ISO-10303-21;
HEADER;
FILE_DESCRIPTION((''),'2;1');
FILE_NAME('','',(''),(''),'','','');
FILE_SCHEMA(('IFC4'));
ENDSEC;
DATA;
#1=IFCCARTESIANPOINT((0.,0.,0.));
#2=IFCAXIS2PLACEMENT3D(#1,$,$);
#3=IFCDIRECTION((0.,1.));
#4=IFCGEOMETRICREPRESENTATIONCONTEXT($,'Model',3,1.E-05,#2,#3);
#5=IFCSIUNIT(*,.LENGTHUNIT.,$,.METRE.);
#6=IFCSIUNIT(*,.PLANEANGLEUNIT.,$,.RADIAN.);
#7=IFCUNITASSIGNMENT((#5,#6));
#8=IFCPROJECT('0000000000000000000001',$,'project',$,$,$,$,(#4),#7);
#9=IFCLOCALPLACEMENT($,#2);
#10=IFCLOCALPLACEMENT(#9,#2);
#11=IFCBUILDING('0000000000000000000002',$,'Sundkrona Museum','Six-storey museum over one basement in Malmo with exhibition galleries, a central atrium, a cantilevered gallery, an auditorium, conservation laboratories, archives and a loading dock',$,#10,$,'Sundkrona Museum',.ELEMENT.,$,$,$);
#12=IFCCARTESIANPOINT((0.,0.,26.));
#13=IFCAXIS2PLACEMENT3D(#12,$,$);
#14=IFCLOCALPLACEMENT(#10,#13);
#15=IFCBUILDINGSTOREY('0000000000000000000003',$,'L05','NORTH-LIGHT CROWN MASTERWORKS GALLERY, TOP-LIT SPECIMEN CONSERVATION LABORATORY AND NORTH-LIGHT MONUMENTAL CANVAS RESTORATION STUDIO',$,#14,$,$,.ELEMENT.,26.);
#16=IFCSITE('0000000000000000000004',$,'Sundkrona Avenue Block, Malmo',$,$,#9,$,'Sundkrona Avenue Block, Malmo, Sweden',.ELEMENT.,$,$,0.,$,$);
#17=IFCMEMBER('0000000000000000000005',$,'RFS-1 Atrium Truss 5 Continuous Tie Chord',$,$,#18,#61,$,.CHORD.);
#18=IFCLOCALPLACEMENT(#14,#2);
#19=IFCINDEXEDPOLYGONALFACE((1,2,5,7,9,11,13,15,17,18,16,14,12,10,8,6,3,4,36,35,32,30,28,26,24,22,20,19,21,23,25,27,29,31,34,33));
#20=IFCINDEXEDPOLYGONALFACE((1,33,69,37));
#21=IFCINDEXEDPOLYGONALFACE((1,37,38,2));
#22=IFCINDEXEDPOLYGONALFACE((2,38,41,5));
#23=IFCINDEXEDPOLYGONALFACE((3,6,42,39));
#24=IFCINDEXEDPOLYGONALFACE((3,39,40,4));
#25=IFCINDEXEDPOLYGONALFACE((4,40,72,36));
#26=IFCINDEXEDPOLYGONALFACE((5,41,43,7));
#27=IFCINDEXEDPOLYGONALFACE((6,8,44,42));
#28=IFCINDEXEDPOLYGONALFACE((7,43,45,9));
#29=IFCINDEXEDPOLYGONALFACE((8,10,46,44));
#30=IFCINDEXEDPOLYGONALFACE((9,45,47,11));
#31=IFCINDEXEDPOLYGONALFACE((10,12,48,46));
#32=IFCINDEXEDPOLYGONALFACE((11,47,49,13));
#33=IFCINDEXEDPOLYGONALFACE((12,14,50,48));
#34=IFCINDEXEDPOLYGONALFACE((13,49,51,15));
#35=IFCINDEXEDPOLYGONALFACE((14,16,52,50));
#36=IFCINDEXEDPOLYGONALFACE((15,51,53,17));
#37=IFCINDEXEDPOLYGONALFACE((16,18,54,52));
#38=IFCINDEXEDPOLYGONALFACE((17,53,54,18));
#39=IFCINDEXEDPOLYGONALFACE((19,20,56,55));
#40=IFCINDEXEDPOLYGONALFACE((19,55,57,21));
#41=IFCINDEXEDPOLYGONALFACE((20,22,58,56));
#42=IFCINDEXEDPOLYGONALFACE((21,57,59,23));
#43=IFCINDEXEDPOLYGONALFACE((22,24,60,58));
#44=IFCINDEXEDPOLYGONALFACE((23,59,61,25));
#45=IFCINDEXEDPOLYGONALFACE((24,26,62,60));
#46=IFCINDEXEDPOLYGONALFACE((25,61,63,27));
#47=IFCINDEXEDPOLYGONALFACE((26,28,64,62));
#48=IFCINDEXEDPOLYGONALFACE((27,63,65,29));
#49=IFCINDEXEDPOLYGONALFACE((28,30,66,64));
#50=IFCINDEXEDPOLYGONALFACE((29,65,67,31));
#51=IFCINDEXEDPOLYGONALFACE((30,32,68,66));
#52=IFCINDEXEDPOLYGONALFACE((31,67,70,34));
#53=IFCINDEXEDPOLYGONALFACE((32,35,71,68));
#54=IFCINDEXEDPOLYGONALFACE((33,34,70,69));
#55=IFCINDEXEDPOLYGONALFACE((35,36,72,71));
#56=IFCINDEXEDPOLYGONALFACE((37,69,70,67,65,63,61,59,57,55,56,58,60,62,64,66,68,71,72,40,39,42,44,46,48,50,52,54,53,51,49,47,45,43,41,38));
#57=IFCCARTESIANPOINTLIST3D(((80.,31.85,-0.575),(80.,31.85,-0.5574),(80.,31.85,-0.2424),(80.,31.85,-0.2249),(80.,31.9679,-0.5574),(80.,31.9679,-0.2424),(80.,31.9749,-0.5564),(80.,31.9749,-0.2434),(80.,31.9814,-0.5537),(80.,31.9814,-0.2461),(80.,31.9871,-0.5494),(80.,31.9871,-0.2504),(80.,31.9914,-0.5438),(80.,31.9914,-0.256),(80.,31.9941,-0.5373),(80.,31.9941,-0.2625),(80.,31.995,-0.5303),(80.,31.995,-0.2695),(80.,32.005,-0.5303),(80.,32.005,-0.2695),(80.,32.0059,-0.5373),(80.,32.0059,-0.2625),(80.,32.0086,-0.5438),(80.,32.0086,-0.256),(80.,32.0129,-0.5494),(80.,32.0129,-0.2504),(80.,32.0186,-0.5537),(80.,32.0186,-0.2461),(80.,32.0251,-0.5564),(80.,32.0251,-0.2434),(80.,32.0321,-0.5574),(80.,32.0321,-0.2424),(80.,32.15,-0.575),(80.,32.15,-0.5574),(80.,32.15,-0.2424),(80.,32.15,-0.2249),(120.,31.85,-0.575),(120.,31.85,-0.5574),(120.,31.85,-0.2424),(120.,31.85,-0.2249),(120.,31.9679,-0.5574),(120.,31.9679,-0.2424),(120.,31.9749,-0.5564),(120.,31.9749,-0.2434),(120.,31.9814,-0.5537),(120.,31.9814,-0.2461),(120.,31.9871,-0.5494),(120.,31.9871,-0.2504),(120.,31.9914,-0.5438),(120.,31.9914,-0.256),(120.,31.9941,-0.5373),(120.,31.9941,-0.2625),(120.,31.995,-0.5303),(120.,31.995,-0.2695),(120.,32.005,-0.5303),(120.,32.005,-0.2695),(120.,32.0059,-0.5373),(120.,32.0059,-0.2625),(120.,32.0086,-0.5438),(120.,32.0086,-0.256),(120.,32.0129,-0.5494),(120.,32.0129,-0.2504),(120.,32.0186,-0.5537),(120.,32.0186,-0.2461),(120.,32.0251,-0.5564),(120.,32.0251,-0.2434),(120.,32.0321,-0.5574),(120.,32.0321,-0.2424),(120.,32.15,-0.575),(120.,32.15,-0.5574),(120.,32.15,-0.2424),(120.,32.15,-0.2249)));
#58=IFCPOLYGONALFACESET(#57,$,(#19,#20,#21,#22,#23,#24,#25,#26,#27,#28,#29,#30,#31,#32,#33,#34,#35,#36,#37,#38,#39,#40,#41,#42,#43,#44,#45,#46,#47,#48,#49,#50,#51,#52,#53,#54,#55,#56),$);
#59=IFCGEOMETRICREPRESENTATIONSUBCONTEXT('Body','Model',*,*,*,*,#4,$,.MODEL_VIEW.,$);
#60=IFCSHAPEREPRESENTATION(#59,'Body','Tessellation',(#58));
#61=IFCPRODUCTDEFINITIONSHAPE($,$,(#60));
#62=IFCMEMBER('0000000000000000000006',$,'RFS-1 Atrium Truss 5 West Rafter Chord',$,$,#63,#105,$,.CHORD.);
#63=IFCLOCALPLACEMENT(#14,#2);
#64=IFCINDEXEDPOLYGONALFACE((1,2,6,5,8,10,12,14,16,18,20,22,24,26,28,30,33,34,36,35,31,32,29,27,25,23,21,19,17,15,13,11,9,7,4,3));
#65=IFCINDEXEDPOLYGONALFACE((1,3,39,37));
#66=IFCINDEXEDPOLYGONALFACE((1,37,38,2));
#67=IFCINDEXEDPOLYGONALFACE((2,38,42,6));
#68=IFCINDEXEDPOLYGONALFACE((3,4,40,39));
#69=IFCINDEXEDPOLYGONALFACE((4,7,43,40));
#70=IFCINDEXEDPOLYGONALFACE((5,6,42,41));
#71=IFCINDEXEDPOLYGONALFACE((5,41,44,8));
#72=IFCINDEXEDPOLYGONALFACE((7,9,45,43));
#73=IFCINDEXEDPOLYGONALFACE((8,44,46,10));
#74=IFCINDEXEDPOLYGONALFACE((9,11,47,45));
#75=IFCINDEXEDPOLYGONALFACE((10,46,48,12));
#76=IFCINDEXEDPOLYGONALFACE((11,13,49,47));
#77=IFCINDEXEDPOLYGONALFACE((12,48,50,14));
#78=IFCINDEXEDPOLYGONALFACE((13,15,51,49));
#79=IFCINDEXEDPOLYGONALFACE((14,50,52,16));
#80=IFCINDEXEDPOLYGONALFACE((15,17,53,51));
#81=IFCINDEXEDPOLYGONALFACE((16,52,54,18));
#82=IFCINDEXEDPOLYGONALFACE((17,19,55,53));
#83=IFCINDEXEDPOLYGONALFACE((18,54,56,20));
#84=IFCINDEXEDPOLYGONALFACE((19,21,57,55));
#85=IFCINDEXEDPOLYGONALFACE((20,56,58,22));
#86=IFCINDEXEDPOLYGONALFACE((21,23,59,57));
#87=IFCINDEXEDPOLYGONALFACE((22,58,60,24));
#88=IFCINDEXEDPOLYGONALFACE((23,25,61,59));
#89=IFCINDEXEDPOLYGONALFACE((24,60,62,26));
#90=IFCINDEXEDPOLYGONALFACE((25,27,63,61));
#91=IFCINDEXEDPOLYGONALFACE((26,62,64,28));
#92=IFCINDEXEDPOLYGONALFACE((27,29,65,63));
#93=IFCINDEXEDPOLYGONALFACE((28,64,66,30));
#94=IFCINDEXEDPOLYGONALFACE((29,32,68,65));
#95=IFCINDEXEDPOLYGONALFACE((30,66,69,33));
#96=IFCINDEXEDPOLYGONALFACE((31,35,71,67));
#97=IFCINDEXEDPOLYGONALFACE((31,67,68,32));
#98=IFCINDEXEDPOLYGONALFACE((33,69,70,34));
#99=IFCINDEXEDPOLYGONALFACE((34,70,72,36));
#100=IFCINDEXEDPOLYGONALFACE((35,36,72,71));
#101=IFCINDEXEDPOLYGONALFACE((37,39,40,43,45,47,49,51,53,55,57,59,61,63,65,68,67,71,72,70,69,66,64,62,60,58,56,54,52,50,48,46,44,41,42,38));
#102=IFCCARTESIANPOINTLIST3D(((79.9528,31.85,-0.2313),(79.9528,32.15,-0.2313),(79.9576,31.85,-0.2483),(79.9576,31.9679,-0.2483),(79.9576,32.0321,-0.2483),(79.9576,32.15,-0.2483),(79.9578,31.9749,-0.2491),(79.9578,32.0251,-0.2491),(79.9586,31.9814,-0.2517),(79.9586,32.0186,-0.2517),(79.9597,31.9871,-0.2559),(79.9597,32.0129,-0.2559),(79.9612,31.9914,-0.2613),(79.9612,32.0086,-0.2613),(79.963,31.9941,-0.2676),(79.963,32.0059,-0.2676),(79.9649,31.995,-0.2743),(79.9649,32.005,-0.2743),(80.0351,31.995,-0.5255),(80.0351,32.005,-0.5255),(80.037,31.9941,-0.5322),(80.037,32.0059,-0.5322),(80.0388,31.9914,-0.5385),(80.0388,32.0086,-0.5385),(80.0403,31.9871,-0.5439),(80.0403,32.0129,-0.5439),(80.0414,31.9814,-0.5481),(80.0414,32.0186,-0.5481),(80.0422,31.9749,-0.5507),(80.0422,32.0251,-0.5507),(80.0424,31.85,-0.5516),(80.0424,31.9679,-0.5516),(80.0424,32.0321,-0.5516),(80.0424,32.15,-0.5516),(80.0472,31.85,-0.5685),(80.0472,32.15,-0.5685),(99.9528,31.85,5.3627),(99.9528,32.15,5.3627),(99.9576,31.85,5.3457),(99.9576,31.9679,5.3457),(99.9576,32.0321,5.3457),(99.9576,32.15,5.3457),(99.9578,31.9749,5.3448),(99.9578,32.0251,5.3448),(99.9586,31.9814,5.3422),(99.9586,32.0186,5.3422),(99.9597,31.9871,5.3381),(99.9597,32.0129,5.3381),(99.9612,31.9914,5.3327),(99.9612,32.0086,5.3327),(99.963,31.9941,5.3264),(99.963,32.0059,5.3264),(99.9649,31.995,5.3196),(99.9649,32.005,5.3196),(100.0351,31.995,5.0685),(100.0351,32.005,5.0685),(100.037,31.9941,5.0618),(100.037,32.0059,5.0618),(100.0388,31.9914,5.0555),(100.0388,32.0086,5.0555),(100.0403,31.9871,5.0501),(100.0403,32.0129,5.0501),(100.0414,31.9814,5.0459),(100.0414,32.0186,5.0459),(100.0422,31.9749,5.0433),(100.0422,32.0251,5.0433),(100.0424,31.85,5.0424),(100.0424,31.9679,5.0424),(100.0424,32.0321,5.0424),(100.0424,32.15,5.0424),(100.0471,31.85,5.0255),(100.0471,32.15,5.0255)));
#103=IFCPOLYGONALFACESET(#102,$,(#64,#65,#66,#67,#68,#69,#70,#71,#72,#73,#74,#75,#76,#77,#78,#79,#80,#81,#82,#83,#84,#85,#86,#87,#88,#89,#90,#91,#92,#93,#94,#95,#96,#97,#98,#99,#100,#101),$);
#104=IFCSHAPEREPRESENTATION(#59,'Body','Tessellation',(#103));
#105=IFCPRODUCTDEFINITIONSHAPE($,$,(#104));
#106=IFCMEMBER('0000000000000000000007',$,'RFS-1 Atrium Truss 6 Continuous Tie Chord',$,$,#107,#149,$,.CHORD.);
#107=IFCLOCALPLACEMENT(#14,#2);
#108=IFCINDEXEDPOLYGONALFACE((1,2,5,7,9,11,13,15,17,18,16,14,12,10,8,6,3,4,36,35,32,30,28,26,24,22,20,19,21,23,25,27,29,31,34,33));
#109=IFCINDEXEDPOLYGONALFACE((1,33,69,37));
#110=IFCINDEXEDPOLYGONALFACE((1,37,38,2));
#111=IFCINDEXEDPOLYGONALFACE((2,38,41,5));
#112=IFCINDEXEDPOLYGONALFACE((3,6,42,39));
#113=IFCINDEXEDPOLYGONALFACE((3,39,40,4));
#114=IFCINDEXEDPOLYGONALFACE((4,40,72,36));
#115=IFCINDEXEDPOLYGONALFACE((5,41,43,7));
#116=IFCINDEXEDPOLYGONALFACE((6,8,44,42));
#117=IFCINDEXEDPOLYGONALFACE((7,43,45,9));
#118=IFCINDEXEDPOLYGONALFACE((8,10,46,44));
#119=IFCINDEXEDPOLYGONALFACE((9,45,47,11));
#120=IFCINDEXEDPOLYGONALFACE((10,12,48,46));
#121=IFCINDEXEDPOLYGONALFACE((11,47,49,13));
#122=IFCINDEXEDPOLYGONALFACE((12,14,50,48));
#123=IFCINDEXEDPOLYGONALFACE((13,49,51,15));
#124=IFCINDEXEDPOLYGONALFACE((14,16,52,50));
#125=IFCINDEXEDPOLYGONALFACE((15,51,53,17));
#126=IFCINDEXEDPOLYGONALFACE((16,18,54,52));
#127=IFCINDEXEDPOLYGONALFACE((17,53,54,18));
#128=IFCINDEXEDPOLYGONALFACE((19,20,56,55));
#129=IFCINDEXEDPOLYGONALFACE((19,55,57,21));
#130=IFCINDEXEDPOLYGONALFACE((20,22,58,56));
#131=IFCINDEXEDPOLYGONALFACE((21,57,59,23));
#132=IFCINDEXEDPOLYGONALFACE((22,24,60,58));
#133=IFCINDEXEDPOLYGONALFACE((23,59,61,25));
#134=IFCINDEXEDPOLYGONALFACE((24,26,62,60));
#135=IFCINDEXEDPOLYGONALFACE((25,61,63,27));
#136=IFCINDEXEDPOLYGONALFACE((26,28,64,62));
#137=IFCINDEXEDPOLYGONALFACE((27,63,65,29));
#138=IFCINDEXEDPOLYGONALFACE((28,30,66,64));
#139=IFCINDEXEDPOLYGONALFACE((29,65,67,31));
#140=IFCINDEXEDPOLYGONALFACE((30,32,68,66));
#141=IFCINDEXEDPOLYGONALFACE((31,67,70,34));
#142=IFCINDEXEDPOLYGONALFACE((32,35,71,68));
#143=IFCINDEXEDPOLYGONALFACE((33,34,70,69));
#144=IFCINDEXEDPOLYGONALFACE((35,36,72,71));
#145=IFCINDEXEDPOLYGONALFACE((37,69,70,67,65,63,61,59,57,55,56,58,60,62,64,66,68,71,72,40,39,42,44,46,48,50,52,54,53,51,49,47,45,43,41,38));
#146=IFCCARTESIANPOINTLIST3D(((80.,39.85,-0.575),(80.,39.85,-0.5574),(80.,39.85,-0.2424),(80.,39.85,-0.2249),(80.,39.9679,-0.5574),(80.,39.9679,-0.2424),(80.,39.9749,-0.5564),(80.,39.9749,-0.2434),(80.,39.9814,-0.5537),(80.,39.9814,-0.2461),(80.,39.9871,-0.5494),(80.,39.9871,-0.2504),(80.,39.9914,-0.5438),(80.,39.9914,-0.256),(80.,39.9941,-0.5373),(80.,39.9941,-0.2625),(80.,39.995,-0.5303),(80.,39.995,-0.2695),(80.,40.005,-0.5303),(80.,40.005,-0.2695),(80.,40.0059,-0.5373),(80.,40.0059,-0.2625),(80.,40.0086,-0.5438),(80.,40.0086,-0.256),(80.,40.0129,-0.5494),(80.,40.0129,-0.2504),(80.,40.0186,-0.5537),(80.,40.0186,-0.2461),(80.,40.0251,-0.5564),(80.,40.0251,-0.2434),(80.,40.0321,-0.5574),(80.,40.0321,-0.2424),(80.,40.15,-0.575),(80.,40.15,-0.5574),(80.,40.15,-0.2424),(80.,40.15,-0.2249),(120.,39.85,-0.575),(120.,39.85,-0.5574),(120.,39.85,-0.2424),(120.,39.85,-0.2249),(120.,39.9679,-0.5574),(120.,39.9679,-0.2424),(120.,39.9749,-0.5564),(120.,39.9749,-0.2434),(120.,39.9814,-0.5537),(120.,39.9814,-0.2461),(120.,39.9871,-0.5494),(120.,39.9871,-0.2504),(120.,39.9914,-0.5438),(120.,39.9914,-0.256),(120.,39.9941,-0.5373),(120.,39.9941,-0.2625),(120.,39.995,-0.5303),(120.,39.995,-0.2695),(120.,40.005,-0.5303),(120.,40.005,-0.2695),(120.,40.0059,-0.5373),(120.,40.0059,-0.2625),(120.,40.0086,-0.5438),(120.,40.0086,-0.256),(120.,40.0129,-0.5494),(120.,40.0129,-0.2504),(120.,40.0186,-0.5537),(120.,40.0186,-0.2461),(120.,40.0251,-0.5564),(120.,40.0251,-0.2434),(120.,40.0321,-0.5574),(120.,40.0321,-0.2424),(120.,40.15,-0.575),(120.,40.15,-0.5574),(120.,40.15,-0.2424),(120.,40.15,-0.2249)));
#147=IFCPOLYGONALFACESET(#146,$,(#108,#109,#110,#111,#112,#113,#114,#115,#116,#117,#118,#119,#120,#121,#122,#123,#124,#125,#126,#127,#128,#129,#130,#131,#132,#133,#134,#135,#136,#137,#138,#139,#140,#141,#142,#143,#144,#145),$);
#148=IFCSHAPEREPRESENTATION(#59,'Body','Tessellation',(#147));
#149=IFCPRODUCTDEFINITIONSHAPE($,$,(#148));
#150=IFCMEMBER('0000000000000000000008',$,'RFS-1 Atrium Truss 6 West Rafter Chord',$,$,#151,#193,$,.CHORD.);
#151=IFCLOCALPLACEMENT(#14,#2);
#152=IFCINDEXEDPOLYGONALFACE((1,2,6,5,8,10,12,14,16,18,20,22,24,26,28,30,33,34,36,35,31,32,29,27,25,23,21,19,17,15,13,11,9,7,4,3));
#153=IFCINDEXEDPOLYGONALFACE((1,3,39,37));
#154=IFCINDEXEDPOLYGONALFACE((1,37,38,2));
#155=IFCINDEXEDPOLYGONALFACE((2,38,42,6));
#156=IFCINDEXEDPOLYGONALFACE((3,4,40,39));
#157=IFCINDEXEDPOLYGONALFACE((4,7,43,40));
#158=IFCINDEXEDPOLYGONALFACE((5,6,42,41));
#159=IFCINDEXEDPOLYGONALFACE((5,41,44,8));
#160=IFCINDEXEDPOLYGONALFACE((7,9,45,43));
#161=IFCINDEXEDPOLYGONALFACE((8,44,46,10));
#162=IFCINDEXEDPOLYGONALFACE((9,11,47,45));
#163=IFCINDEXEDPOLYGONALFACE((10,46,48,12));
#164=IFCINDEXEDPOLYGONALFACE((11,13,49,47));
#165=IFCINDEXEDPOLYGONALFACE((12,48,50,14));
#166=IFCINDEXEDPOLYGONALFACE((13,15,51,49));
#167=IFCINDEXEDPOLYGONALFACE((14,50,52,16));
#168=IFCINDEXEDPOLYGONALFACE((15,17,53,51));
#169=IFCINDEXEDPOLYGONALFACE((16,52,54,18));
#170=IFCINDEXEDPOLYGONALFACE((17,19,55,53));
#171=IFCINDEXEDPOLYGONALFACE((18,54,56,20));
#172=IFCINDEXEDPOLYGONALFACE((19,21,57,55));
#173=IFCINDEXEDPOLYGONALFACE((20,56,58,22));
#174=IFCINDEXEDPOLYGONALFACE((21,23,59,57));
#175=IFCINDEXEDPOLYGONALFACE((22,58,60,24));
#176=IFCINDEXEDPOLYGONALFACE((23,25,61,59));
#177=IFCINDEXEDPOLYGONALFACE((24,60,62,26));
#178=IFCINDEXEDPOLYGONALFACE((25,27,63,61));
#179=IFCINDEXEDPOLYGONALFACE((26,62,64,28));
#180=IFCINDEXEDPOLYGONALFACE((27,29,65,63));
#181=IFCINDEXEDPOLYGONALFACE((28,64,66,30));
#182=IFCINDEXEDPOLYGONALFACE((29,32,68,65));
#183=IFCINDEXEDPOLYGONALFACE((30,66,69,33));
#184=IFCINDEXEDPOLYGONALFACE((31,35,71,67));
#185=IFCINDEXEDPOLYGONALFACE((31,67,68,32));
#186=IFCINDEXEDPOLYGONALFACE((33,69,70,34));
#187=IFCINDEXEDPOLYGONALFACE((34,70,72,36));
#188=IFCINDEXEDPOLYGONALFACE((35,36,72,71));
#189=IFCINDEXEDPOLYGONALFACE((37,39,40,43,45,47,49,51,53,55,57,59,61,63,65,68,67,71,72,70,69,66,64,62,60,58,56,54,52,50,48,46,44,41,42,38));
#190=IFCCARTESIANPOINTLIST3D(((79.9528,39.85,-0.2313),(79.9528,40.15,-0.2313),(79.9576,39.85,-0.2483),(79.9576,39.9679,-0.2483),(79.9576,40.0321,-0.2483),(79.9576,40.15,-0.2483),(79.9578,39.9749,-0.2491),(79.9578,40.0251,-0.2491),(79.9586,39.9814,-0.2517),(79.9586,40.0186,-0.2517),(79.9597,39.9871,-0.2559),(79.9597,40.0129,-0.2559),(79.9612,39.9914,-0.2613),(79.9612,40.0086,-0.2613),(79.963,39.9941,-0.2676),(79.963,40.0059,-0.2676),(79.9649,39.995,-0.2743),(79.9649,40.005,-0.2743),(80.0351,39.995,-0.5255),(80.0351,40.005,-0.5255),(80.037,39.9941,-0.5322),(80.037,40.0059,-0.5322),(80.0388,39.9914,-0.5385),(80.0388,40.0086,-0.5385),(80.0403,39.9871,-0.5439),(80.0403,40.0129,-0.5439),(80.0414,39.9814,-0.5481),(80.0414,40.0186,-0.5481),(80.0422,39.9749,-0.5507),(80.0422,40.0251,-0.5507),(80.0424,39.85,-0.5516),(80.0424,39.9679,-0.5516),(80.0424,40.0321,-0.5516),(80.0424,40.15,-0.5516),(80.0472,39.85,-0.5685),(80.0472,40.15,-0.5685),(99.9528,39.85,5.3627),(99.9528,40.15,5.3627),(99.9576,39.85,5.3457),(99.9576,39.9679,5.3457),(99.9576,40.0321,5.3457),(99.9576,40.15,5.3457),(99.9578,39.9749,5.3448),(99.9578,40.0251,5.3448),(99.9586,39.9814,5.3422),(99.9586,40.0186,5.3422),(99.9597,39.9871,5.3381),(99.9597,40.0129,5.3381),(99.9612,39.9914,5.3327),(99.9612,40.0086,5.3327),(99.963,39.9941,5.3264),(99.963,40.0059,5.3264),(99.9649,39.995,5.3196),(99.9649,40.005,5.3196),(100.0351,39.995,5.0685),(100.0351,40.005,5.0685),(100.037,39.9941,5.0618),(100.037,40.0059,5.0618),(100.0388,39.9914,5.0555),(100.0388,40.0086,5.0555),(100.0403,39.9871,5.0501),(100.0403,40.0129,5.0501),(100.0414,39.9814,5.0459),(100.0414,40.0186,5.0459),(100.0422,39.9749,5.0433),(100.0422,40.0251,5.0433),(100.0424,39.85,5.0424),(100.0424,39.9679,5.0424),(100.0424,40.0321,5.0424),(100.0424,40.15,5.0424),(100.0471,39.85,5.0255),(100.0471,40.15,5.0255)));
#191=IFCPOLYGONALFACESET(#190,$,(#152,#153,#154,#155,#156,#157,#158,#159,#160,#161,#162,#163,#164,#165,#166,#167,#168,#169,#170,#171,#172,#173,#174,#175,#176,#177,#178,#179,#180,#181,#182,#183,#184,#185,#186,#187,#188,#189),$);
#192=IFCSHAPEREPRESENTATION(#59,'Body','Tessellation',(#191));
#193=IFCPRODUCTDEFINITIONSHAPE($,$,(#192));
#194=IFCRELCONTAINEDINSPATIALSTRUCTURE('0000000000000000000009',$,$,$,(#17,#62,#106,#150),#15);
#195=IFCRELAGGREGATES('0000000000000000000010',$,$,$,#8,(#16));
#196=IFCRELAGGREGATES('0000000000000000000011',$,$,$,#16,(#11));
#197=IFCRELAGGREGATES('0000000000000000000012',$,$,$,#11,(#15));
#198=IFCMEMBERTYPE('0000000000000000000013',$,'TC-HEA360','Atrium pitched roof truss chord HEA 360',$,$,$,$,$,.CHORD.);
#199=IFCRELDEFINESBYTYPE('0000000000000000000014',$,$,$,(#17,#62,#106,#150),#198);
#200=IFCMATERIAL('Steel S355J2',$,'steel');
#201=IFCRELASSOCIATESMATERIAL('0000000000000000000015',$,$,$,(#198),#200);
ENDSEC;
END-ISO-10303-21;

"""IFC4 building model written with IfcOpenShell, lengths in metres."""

from ifc_helpers import new_model, si_unit, direction, frame, origin, origin_2d, place, context, subcontext, project, spatial, i_section, extrude, material, material_profile, profile_set, type_object, element, save


model = new_model("IFC4")

# Units and contexts
model_context = context("Model", 3, precision=1e-05, world=origin(), true_north=direction((0.0, 1.0)))
body_context = subcontext(model_context, "Body", "Model", "MODEL_VIEW")
ifc_project = project(units=[si_unit("LENGTHUNIT", "METRE"), si_unit("PLANEANGLEUNIT", "RADIAN")], contexts=[model_context])

# Site, building, storey
site_placement = place(None, origin())
site = spatial("IfcSite", under=ifc_project, at=site_placement, Name="Sundkrona Avenue Block, Malmo", LongName="Sundkrona Avenue Block, Malmo, Sweden", CompositionType="ELEMENT", RefElevation=0.0)
building_placement = place(site_placement, origin())
building = spatial("IfcBuilding", under=site, at=building_placement, Name="Sundkrona Museum", Description="Six-storey museum over one basement in Malmo with exhibition galleries, a central atrium, a cantilevered gallery, an auditorium, conservation laboratories, archives and a loading dock", LongName="Sundkrona Museum", CompositionType="ELEMENT")
storey_placement = place(building_placement, frame((0.0, 0.0, 26.0)))
storey = spatial("IfcBuildingStorey", under=building, at=storey_placement, Name="L05", Description="NORTH-LIGHT CROWN MASTERWORKS GALLERY, TOP-LIT SPECIMEN CONSERVATION LABORATORY AND NORTH-LIGHT MONUMENTAL CANVAS RESTORATION STUDIO", CompositionType="ELEMENT", Elevation=26.0)

# Members
ifc_material_1 = material(Name="Steel S355J2", Category="steel")
ifc_material_profile_1 = material_profile(ifc_material_1, i_section(OverallWidth=0.3, OverallDepth=0.3501, WebThickness=0.01, FlangeThickness=0.0176, FilletRadius=0.0271, at=origin_2d()), Name="HEA 360")
ifc_profile_set_1 = profile_set([ifc_material_profile_1], Name="Steel S355J2")
member_type_1 = type_object("IfcMemberType", Name="TC-HEA360", Description="Atrium pitched roof truss chord HEA 360", PredefinedType="CHORD", material=ifc_profile_set_1)
member_1_placement = place(storey_placement, frame((80.0, 32.0, -0.3999), z_axis=(1.0, 0.0, 0.0), x_axis=(0.0, 1.0, 0.0)))
element("IfcMember", 1, at=member_1_placement, inside=storey, type_object=member_type_1, Name="RFS-1 Atrium Truss 5 Continuous Tie Chord", PredefinedType="CHORD", context=body_context, shape_type="SweptSolid", body=[
    extrude(i_section(OverallWidth=0.3, OverallDepth=0.3501, WebThickness=0.01, FlangeThickness=0.0176, FilletRadius=0.0271, at=origin_2d()), origin(), (0.0, 0.0, 1.0), 40.0),
])
member_2_placement = place(storey_placement, frame((80.0, 32.0, -0.3999), z_axis=(0.963039, 0.0, 0.269362), x_axis=(0.0, 1.0, 0.0)))
element("IfcMember", 2, at=member_2_placement, inside=storey, type_object=member_type_1, Name="RFS-1 Atrium Truss 5 West Rafter Chord", PredefinedType="CHORD", context=body_context, shape_type="SweptSolid", body=[
    extrude(i_section(OverallWidth=0.3, OverallDepth=0.3501, WebThickness=0.01, FlangeThickness=0.0176, FilletRadius=0.0271, at=origin_2d()), origin(), (0.0, 0.0, 1.0), 20.7676),
])
member_3_placement = place(storey_placement, frame((80.0, 40.0, -0.3999), z_axis=(1.0, 0.0, 0.0), x_axis=(0.0, 1.0, 0.0)))
element("IfcMember", 3, at=member_3_placement, inside=storey, type_object=member_type_1, Name="RFS-1 Atrium Truss 6 Continuous Tie Chord", PredefinedType="CHORD", context=body_context, shape_type="SweptSolid", body=[
    extrude(i_section(OverallWidth=0.3, OverallDepth=0.3501, WebThickness=0.01, FlangeThickness=0.0176, FilletRadius=0.0271, at=origin_2d()), origin(), (0.0, 0.0, 1.0), 40.0),
])
member_4_placement = place(storey_placement, frame((80.0, 40.0, -0.3999), z_axis=(0.963039, 0.0, 0.269362), x_axis=(0.0, 1.0, 0.0)))
element("IfcMember", 4, at=member_4_placement, inside=storey, type_object=member_type_1, Name="RFS-1 Atrium Truss 6 West Rafter Chord", PredefinedType="CHORD", context=body_context, shape_type="SweptSolid", body=[
    extrude(i_section(OverallWidth=0.3, OverallDepth=0.3501, WebThickness=0.01, FlangeThickness=0.0176, FilletRadius=0.0271, at=origin_2d()), origin(), (0.0, 0.0, 1.0), 20.7676),
])

save(model, "model.ifc")
